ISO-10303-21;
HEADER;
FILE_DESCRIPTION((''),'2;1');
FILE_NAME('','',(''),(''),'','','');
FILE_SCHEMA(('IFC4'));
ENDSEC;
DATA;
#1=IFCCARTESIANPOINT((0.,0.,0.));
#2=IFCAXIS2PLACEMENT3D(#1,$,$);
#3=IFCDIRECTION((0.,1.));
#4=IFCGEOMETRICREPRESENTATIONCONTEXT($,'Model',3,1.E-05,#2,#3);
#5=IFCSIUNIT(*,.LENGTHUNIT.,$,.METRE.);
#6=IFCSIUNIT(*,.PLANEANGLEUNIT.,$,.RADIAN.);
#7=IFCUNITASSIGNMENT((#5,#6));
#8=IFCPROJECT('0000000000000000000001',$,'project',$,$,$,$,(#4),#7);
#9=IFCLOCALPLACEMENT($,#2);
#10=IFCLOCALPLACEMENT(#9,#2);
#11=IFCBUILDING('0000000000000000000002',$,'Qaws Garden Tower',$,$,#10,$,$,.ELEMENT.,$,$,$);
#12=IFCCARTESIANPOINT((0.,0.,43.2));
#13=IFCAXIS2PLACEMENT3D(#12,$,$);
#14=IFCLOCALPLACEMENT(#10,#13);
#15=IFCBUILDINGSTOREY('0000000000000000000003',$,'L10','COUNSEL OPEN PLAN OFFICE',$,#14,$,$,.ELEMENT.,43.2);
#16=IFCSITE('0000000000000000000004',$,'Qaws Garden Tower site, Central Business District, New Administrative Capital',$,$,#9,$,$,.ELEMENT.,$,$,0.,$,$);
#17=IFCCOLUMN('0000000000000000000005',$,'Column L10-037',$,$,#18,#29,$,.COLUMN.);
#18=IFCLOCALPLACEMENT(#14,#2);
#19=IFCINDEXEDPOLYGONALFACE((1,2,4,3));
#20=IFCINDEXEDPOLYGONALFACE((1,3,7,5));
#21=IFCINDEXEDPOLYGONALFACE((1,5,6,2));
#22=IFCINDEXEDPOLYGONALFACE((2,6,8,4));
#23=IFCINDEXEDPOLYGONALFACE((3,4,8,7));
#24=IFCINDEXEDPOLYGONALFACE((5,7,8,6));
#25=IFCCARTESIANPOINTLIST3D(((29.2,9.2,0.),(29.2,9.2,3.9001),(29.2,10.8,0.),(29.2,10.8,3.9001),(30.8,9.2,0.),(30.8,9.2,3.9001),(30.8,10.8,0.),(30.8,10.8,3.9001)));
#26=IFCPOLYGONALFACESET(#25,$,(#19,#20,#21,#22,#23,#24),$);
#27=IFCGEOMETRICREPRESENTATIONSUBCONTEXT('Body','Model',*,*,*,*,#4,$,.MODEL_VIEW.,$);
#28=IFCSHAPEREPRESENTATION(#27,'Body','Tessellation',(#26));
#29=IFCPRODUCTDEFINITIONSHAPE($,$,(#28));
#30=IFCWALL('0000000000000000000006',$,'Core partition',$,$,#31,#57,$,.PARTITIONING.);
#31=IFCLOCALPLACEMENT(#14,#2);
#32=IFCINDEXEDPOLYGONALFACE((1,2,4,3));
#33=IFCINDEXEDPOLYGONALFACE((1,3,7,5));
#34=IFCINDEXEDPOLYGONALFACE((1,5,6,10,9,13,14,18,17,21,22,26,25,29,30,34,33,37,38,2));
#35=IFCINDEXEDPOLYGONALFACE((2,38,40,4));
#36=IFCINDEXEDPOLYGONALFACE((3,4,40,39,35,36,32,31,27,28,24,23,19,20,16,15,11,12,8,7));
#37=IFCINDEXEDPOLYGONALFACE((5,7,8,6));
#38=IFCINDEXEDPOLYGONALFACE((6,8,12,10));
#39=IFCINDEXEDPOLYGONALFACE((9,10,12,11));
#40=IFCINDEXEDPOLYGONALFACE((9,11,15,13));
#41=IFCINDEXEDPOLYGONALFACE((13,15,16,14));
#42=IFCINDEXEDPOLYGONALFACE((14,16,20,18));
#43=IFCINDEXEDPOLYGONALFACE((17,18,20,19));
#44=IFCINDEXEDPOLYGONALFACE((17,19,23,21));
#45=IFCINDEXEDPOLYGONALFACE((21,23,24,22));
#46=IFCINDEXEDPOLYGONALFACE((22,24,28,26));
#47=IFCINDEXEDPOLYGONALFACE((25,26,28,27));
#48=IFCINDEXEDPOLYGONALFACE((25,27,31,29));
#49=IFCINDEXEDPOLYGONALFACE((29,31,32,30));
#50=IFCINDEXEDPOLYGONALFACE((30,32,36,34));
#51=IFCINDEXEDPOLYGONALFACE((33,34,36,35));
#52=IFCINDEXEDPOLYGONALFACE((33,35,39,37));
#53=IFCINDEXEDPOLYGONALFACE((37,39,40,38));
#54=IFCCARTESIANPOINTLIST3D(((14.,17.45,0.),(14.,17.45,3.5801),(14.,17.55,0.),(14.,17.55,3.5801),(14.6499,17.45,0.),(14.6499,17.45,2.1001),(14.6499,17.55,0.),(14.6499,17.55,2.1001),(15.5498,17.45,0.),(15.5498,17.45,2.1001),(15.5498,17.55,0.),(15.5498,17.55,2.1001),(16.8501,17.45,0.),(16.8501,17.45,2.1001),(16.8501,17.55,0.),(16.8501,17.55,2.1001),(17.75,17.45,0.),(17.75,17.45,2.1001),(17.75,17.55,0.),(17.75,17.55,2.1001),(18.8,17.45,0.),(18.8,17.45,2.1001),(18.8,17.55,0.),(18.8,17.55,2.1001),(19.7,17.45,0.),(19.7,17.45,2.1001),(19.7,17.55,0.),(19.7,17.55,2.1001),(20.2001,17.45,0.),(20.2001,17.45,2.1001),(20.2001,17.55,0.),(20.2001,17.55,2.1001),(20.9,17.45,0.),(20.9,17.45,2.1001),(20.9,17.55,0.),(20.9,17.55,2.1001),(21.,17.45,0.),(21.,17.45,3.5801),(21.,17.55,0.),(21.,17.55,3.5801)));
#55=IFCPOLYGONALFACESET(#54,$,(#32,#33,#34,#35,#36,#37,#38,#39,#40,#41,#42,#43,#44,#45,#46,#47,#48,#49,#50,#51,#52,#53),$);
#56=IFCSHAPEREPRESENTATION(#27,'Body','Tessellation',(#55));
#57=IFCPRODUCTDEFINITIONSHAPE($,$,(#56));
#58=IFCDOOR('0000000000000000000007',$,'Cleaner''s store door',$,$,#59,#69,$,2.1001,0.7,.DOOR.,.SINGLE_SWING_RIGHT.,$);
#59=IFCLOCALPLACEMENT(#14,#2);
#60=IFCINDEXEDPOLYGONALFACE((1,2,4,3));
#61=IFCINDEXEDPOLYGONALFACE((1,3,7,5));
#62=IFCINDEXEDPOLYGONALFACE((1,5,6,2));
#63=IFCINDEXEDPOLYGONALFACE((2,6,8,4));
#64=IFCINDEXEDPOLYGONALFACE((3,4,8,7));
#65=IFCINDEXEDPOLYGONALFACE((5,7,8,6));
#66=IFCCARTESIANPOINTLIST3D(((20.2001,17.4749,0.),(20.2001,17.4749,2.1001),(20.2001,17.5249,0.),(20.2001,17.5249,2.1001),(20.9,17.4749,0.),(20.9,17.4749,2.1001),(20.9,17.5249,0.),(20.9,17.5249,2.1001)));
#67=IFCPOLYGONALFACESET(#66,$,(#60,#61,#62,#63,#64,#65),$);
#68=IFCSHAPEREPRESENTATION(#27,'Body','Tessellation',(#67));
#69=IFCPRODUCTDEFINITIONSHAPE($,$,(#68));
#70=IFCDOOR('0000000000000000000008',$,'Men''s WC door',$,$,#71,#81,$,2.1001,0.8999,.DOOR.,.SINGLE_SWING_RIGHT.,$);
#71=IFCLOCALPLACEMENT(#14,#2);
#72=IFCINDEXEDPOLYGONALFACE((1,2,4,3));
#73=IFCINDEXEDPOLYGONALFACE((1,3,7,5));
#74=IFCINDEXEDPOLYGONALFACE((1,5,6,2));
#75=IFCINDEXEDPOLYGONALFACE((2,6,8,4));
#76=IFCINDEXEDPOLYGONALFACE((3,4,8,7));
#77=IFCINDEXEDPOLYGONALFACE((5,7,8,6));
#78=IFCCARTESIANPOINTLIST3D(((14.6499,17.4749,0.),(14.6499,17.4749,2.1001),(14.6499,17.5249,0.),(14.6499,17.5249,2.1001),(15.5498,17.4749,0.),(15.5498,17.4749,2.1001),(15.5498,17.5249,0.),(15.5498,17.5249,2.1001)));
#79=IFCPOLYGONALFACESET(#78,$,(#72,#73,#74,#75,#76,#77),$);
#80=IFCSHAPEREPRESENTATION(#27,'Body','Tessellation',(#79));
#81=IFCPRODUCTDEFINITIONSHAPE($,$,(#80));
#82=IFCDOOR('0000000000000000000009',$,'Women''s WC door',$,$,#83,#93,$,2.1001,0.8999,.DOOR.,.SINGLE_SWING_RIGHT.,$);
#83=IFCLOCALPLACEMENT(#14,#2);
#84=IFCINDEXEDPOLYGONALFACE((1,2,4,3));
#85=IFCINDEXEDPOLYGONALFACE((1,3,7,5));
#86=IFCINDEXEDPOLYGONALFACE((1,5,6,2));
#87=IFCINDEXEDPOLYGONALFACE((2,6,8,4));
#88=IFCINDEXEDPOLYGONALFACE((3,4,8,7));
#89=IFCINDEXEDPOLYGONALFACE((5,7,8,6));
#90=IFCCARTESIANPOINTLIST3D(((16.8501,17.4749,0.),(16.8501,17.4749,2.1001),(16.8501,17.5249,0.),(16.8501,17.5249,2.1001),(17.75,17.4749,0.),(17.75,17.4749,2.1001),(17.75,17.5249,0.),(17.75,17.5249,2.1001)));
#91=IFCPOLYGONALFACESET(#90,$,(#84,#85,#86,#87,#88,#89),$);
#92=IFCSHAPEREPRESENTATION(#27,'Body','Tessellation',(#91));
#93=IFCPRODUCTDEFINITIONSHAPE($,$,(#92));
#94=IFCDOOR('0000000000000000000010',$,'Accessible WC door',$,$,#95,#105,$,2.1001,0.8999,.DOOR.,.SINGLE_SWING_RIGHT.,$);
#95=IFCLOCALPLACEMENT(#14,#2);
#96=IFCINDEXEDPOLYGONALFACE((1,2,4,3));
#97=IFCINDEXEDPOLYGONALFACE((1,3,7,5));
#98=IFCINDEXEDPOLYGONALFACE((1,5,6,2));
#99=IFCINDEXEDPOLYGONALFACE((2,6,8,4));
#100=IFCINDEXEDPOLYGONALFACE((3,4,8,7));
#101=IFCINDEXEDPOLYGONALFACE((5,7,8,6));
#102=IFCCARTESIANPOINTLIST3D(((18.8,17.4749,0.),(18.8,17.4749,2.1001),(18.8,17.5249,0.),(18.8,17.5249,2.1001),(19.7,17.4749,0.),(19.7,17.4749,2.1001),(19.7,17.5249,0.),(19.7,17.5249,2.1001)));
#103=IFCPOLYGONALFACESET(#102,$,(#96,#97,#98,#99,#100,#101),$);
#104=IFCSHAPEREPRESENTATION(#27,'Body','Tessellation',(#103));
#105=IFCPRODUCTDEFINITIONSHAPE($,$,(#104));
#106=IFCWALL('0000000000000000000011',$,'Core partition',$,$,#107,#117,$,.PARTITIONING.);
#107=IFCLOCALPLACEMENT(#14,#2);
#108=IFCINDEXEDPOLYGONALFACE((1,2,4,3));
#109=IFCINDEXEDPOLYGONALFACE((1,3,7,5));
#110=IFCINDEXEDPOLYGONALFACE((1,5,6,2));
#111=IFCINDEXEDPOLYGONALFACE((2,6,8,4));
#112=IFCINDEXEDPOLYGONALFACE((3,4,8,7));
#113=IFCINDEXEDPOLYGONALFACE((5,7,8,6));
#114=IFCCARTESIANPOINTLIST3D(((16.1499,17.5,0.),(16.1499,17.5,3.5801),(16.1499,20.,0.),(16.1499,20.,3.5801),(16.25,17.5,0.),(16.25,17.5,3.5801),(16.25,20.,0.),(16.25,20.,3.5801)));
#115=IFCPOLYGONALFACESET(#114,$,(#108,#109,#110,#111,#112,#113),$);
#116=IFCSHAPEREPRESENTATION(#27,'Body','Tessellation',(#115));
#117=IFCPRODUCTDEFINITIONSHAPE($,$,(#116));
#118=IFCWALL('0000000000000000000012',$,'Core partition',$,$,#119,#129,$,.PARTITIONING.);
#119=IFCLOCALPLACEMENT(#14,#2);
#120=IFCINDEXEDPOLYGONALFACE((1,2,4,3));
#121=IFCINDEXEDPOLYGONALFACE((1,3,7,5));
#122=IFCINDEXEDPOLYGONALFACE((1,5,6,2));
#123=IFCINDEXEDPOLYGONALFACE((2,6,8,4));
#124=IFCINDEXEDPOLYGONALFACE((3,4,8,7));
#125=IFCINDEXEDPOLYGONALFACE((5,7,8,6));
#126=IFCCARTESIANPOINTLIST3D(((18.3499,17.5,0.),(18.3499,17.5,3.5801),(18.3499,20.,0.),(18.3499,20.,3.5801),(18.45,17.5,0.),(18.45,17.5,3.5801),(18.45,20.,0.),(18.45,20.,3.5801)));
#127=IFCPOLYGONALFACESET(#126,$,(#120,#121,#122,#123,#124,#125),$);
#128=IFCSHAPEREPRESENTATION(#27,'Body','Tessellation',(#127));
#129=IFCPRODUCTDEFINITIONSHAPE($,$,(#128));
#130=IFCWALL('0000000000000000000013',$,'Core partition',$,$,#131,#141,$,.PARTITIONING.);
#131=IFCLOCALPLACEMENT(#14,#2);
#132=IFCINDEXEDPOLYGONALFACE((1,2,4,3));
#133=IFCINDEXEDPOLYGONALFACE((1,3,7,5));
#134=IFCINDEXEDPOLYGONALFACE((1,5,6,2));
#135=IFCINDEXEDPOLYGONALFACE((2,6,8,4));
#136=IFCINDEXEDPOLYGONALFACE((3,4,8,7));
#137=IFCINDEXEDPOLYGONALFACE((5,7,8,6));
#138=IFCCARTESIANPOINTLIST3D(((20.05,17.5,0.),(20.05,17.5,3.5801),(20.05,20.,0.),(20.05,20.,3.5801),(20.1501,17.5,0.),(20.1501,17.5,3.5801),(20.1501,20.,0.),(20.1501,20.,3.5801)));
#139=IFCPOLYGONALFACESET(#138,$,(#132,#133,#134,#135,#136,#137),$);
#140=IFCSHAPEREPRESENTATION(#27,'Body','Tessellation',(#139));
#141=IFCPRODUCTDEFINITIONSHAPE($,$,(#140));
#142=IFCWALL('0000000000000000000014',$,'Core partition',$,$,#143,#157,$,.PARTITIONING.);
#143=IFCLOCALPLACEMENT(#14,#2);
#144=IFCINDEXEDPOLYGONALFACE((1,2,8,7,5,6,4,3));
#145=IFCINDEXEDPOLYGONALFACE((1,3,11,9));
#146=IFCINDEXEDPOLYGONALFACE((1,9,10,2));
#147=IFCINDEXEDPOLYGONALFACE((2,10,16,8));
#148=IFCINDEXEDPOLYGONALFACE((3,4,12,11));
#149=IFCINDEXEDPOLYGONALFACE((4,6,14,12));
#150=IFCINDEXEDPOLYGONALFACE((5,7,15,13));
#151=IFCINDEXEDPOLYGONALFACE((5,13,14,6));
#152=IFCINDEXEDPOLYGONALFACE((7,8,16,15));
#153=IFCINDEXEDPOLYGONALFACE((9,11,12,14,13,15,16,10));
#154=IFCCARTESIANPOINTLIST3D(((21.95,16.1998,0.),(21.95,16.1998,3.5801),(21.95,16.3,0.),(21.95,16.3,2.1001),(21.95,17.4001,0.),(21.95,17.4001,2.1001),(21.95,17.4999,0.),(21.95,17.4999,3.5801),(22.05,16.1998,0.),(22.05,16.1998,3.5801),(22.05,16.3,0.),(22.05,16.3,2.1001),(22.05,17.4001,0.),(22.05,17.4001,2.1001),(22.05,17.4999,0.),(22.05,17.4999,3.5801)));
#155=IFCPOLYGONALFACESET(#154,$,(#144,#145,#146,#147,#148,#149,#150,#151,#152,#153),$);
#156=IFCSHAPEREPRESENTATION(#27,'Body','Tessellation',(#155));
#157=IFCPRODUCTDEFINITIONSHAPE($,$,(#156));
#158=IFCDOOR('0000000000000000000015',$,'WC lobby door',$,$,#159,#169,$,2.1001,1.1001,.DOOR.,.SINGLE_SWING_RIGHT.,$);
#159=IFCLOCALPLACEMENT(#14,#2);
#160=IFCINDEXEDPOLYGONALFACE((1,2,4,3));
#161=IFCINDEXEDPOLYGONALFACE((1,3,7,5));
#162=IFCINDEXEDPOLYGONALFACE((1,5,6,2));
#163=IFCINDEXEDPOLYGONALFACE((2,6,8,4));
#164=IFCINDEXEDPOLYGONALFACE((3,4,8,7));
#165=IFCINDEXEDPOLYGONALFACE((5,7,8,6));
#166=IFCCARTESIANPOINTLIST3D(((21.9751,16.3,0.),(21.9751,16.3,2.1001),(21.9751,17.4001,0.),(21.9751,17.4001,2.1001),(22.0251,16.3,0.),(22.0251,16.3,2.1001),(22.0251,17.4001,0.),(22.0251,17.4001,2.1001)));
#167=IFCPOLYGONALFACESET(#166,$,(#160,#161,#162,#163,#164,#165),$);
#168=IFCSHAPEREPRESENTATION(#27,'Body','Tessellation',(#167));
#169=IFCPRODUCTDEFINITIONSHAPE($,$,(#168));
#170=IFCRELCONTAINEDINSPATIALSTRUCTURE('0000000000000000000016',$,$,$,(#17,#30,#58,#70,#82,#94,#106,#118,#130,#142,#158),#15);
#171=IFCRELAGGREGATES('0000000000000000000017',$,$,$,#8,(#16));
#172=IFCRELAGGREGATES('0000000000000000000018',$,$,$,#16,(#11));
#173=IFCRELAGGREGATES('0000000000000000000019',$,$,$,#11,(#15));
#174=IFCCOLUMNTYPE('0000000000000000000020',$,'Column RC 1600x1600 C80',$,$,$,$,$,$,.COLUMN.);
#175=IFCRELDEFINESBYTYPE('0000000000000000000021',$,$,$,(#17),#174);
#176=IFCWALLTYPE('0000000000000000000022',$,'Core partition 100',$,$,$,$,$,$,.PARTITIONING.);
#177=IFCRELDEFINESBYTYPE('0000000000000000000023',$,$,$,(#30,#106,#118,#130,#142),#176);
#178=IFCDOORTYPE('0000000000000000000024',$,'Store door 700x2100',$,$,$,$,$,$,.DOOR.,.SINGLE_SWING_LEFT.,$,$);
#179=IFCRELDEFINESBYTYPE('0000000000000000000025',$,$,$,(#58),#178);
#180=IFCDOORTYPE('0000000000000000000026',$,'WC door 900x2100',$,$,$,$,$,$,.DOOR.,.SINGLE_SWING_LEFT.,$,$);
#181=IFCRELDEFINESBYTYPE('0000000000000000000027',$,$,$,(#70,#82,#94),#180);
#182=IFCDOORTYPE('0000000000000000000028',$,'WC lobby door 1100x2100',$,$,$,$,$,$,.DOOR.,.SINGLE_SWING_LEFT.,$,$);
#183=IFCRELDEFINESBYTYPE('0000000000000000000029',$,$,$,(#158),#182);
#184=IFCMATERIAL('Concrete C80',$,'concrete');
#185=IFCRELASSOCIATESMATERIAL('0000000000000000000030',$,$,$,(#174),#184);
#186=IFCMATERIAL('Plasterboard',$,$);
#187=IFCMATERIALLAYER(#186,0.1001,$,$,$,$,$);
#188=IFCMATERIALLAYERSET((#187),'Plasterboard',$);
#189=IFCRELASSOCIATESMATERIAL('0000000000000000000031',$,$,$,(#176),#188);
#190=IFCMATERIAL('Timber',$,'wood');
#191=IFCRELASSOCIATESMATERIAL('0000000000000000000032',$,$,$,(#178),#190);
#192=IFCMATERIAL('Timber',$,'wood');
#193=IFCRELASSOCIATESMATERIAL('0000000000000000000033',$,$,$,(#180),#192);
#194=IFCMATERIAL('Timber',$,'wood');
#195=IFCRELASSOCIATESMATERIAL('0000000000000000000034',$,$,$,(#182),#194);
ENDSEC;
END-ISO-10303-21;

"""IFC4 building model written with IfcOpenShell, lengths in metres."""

from ifc_helpers import new_model, si_unit, direction, frame, frame_2d, origin, origin_2d, place, context, subcontext, project, spatial, rectangle, extrude, material, layer, layer_set, material_profile, profile_set, type_object, element, fill, save


model = new_model("IFC4")

# Units and contexts
model_context = context("Model", 3, precision=1e-05, world=origin(), true_north=direction((0.0, 1.0)))
body_context = subcontext(model_context, "Body", "Model", "MODEL_VIEW")
ifc_project = project(units=[si_unit("LENGTHUNIT", "METRE"), si_unit("PLANEANGLEUNIT", "RADIAN")], contexts=[model_context])

# Site, building, storey
site_placement = place(None, origin())
site = spatial("IfcSite", under=ifc_project, at=site_placement, Name="Qaws Garden Tower site, Central Business District, New Administrative Capital", CompositionType="ELEMENT", RefElevation=0.0)
building_placement = place(site_placement, origin())
building = spatial("IfcBuilding", under=site, at=building_placement, Name="Qaws Garden Tower", CompositionType="ELEMENT")
storey_placement = place(building_placement, frame((0.0, 0.0, 43.2)))
storey = spatial("IfcBuildingStorey", under=building, at=storey_placement, Name="L10", Description="COUNSEL OPEN PLAN OFFICE", CompositionType="ELEMENT", Elevation=43.2)

# Column
ifc_material_1 = material(Name="Concrete C80", Category="concrete")
ifc_material_profile = material_profile(ifc_material_1, rectangle(XDim=1.6001, YDim=1.6001, at=origin_2d()), Name="RC 1600x1600")
ifc_profile_set = profile_set([ifc_material_profile], Name="Concrete C80")
column_type = type_object("IfcColumnType", Name="Column RC 1600x1600 C80", PredefinedType="COLUMN", material=ifc_profile_set)
column_placement = place(storey_placement, frame((30.0, 10.0, 0.0), z_axis=(0.0, 0.0, 1.0), x_axis=(1.0, 0.0, 0.0)))
element("IfcColumn", 1, at=column_placement, inside=storey, type_object=column_type, Name="Column L10-037", PredefinedType="COLUMN", context=body_context, shape_type="SweptSolid", body=[
    extrude(rectangle(XDim=1.6001, YDim=1.6001, at=origin_2d()), origin(), (0.0, 0.0, 1.0), 3.9001),
])

# Wall, openings, doors
ifc_material_2 = material(Name="Plasterboard")
ifc_layer_1 = layer(ifc_material_2, 0.1001)
ifc_layer_set_1 = layer_set([ifc_layer_1], Name="Plasterboard")
wall_type_1 = type_object("IfcWallType", Name="Core partition 100", PredefinedType="PARTITIONING", material=ifc_layer_set_1)
wall_1_placement = place(storey_placement, frame((14.0, 17.5, 0.0), z_axis=(0.0, 0.0, 1.0), x_axis=(1.0, 0.0, 0.0)))
wall_1 = element("IfcWall", 2, at=wall_1_placement, inside=storey, type_object=wall_type_1, Name="Core partition", PredefinedType="PARTITIONING", context=body_context, shape_type="SweptSolid", body=[
    extrude(rectangle(XDim=7.0, YDim=0.1001, at=frame_2d((3.5, 0.0))), origin(), (0.0, 0.0, 1.0), 3.5801),
])
opening_1_placement = place(wall_1_placement, frame((0.6499, 0.0, 0.0)))
opening_1 = element("IfcOpeningElement", 3, at=opening_1_placement, cuts=wall_1, PredefinedType="OPENING", context=body_context, shape_type="SweptSolid", body=[
    extrude(rectangle(XDim=0.8999, YDim=2.1001, at=frame_2d((0.45, 1.05))), frame((0.0, 0.0601, 0.0), z_axis=(0.0, -1.0, 0.0), x_axis=(1.0, 0.0, 0.0)), (0.0, 0.0, 1.0), 0.1201),
])
opening_2_placement = place(wall_1_placement, frame((2.8501, 0.0, 0.0)))
opening_2 = element("IfcOpeningElement", 4, at=opening_2_placement, cuts=wall_1, PredefinedType="OPENING", context=body_context, shape_type="SweptSolid", body=[
    extrude(rectangle(XDim=0.8999, YDim=2.1001, at=frame_2d((0.45, 1.05))), frame((0.0, 0.0601, 0.0), z_axis=(0.0, -1.0, 0.0), x_axis=(1.0, 0.0, 0.0)), (0.0, 0.0, 1.0), 0.1201),
])
opening_3_placement = place(wall_1_placement, frame((4.8, 0.0, 0.0)))
opening_3 = element("IfcOpeningElement", 5, at=opening_3_placement, cuts=wall_1, PredefinedType="OPENING", context=body_context, shape_type="SweptSolid", body=[
    extrude(rectangle(XDim=0.8999, YDim=2.1001, at=frame_2d((0.45, 1.05))), frame((0.0, 0.0601, 0.0), z_axis=(0.0, -1.0, 0.0), x_axis=(1.0, 0.0, 0.0)), (0.0, 0.0, 1.0), 0.1201),
])
opening_4_placement = place(wall_1_placement, frame((6.2, 0.0, 0.0)))
opening_4 = element("IfcOpeningElement", 6, at=opening_4_placement, cuts=wall_1, PredefinedType="OPENING", context=body_context, shape_type="SweptSolid", body=[
    extrude(rectangle(XDim=0.7, YDim=2.1001, at=frame_2d((0.3501, 1.05))), frame((0.0, 0.0601, 0.0), z_axis=(0.0, -1.0, 0.0), x_axis=(1.0, 0.0, 0.0)), (0.0, 0.0, 1.0), 0.1201),
])
ifc_material_3 = material(Name="Timber", Category="wood")
door_type_1 = type_object("IfcDoorType", Name="Store door 700x2100", OperationType="SINGLE_SWING_LEFT", PredefinedType="DOOR", material=ifc_material_3)
door_1_placement = place(opening_4_placement, origin())
door_1 = element("IfcDoor", 7, at=door_1_placement, inside=storey, type_object=door_type_1, Name="Cleaner's store door", OperationType="SINGLE_SWING_RIGHT", OverallHeight=2.1001, OverallWidth=0.7, PredefinedType="DOOR", context=body_context, shape_type="SweptSolid", body=[
    extrude(rectangle(XDim=0.7, YDim=2.1001, at=frame_2d((0.3501, 1.05))), frame((0.0, 0.0249, 0.0), z_axis=(0.0, -1.0, 0.0), x_axis=(1.0, 0.0, 0.0)), (0.0, 0.0, 1.0), 0.05),
])
fill(opening_4, door_1)
ifc_material_4 = material(Name="Timber", Category="wood")
door_type_2 = type_object("IfcDoorType", Name="WC door 900x2100", OperationType="SINGLE_SWING_LEFT", PredefinedType="DOOR", material=ifc_material_4)
door_2_placement = place(opening_1_placement, origin())
door_2 = element("IfcDoor", 8, at=door_2_placement, inside=storey, type_object=door_type_2, Name="Men's WC door", OperationType="SINGLE_SWING_RIGHT", OverallHeight=2.1001, OverallWidth=0.8999, PredefinedType="DOOR", context=body_context, shape_type="SweptSolid", body=[
    extrude(rectangle(XDim=0.8999, YDim=2.1001, at=frame_2d((0.45, 1.05))), frame((0.0, 0.0249, 0.0), z_axis=(0.0, -1.0, 0.0), x_axis=(1.0, 0.0, 0.0)), (0.0, 0.0, 1.0), 0.05),
])
fill(opening_1, door_2)
door_3_placement = place(opening_2_placement, origin())
door_3 = element("IfcDoor", 9, at=door_3_placement, inside=storey, type_object=door_type_2, Name="Women's WC door", OperationType="SINGLE_SWING_RIGHT", OverallHeight=2.1001, OverallWidth=0.8999, PredefinedType="DOOR", context=body_context, shape_type="SweptSolid", body=[
    extrude(rectangle(XDim=0.8999, YDim=2.1001, at=frame_2d((0.45, 1.05))), frame((0.0, 0.0249, 0.0), z_axis=(0.0, -1.0, 0.0), x_axis=(1.0, 0.0, 0.0)), (0.0, 0.0, 1.0), 0.05),
])
fill(opening_2, door_3)
door_4_placement = place(opening_3_placement, origin())
door_4 = element("IfcDoor", 10, at=door_4_placement, inside=storey, type_object=door_type_2, Name="Accessible WC door", OperationType="SINGLE_SWING_RIGHT", OverallHeight=2.1001, OverallWidth=0.8999, PredefinedType="DOOR", context=body_context, shape_type="SweptSolid", body=[
    extrude(rectangle(XDim=0.8999, YDim=2.1001, at=frame_2d((0.45, 1.05))), frame((0.0, 0.0249, 0.0), z_axis=(0.0, -1.0, 0.0), x_axis=(1.0, 0.0, 0.0)), (0.0, 0.0, 1.0), 0.05),
])
fill(opening_3, door_4)

# Walls
for number, where, z_axis, x_axis, name in (
    (11, (16.2, 17.5, 0.0), (0.0, 0.0, 1.0), (0.0, 1.0, 0.0), "Core partition"),
    (12, (18.3999, 17.5, 0.0), (0.0, 0.0, 1.0), (0.0, 1.0, 0.0), "Core partition"),
    (13, (20.1001, 17.5, 0.0), (0.0, 0.0, 1.0), (0.0, 1.0, 0.0), "Core partition"),
):
    element("IfcWall", number, at=place(storey_placement, frame(where, z_axis=z_axis, x_axis=x_axis)), inside=storey, type_object=wall_type_1, Name=name, PredefinedType="PARTITIONING", context=body_context, shape_type="SweptSolid", body=[
        extrude(rectangle(XDim=2.5, YDim=0.1001, at=frame_2d((1.25, 0.0))), origin(), (0.0, 0.0, 1.0), 3.5801),
    ])

# Wall, opening, door
wall_2_placement = place(storey_placement, frame((22.0, 16.2, 0.0), z_axis=(0.0, 0.0, 1.0), x_axis=(0.0, 1.0, 0.0)))
wall_2 = element("IfcWall", 14, at=wall_2_placement, inside=storey, type_object=wall_type_1, Name="Core partition", PredefinedType="PARTITIONING", context=body_context, shape_type="SweptSolid", body=[
    extrude(rectangle(XDim=1.3, YDim=0.1001, at=frame_2d((0.6499, 0.0))), origin(), (0.0, 0.0, 1.0), 3.5801),
])
opening_5_placement = place(wall_2_placement, frame((0.1001, 0.0, 0.0)))
opening_5 = element("IfcOpeningElement", 15, at=opening_5_placement, cuts=wall_2, PredefinedType="OPENING", context=body_context, shape_type="SweptSolid", body=[
    extrude(rectangle(XDim=1.1001, YDim=2.1001, at=frame_2d((0.55, 1.05))), frame((0.0, 0.0601, 0.0), z_axis=(0.0, -1.0, 0.0), x_axis=(1.0, 0.0, 0.0)), (0.0, 0.0, 1.0), 0.1201),
])
ifc_material_5 = material(Name="Timber", Category="wood")
door_type_3 = type_object("IfcDoorType", Name="WC lobby door 1100x2100", OperationType="SINGLE_SWING_LEFT", PredefinedType="DOOR", material=ifc_material_5)
door_5_placement = place(opening_5_placement, origin())
door_5 = element("IfcDoor", 16, at=door_5_placement, inside=storey, type_object=door_type_3, Name="WC lobby door", OperationType="SINGLE_SWING_RIGHT", OverallHeight=2.1001, OverallWidth=1.1001, PredefinedType="DOOR", context=body_context, shape_type="SweptSolid", body=[
    extrude(rectangle(XDim=1.1001, YDim=2.1001, at=frame_2d((0.55, 1.05))), frame((0.0, 0.0249, 0.0), z_axis=(0.0, -1.0, 0.0), x_axis=(1.0, 0.0, 0.0)), (0.0, 0.0, 1.0), 0.05),
])
fill(opening_5, door_5)

save(model, "model.ifc")
